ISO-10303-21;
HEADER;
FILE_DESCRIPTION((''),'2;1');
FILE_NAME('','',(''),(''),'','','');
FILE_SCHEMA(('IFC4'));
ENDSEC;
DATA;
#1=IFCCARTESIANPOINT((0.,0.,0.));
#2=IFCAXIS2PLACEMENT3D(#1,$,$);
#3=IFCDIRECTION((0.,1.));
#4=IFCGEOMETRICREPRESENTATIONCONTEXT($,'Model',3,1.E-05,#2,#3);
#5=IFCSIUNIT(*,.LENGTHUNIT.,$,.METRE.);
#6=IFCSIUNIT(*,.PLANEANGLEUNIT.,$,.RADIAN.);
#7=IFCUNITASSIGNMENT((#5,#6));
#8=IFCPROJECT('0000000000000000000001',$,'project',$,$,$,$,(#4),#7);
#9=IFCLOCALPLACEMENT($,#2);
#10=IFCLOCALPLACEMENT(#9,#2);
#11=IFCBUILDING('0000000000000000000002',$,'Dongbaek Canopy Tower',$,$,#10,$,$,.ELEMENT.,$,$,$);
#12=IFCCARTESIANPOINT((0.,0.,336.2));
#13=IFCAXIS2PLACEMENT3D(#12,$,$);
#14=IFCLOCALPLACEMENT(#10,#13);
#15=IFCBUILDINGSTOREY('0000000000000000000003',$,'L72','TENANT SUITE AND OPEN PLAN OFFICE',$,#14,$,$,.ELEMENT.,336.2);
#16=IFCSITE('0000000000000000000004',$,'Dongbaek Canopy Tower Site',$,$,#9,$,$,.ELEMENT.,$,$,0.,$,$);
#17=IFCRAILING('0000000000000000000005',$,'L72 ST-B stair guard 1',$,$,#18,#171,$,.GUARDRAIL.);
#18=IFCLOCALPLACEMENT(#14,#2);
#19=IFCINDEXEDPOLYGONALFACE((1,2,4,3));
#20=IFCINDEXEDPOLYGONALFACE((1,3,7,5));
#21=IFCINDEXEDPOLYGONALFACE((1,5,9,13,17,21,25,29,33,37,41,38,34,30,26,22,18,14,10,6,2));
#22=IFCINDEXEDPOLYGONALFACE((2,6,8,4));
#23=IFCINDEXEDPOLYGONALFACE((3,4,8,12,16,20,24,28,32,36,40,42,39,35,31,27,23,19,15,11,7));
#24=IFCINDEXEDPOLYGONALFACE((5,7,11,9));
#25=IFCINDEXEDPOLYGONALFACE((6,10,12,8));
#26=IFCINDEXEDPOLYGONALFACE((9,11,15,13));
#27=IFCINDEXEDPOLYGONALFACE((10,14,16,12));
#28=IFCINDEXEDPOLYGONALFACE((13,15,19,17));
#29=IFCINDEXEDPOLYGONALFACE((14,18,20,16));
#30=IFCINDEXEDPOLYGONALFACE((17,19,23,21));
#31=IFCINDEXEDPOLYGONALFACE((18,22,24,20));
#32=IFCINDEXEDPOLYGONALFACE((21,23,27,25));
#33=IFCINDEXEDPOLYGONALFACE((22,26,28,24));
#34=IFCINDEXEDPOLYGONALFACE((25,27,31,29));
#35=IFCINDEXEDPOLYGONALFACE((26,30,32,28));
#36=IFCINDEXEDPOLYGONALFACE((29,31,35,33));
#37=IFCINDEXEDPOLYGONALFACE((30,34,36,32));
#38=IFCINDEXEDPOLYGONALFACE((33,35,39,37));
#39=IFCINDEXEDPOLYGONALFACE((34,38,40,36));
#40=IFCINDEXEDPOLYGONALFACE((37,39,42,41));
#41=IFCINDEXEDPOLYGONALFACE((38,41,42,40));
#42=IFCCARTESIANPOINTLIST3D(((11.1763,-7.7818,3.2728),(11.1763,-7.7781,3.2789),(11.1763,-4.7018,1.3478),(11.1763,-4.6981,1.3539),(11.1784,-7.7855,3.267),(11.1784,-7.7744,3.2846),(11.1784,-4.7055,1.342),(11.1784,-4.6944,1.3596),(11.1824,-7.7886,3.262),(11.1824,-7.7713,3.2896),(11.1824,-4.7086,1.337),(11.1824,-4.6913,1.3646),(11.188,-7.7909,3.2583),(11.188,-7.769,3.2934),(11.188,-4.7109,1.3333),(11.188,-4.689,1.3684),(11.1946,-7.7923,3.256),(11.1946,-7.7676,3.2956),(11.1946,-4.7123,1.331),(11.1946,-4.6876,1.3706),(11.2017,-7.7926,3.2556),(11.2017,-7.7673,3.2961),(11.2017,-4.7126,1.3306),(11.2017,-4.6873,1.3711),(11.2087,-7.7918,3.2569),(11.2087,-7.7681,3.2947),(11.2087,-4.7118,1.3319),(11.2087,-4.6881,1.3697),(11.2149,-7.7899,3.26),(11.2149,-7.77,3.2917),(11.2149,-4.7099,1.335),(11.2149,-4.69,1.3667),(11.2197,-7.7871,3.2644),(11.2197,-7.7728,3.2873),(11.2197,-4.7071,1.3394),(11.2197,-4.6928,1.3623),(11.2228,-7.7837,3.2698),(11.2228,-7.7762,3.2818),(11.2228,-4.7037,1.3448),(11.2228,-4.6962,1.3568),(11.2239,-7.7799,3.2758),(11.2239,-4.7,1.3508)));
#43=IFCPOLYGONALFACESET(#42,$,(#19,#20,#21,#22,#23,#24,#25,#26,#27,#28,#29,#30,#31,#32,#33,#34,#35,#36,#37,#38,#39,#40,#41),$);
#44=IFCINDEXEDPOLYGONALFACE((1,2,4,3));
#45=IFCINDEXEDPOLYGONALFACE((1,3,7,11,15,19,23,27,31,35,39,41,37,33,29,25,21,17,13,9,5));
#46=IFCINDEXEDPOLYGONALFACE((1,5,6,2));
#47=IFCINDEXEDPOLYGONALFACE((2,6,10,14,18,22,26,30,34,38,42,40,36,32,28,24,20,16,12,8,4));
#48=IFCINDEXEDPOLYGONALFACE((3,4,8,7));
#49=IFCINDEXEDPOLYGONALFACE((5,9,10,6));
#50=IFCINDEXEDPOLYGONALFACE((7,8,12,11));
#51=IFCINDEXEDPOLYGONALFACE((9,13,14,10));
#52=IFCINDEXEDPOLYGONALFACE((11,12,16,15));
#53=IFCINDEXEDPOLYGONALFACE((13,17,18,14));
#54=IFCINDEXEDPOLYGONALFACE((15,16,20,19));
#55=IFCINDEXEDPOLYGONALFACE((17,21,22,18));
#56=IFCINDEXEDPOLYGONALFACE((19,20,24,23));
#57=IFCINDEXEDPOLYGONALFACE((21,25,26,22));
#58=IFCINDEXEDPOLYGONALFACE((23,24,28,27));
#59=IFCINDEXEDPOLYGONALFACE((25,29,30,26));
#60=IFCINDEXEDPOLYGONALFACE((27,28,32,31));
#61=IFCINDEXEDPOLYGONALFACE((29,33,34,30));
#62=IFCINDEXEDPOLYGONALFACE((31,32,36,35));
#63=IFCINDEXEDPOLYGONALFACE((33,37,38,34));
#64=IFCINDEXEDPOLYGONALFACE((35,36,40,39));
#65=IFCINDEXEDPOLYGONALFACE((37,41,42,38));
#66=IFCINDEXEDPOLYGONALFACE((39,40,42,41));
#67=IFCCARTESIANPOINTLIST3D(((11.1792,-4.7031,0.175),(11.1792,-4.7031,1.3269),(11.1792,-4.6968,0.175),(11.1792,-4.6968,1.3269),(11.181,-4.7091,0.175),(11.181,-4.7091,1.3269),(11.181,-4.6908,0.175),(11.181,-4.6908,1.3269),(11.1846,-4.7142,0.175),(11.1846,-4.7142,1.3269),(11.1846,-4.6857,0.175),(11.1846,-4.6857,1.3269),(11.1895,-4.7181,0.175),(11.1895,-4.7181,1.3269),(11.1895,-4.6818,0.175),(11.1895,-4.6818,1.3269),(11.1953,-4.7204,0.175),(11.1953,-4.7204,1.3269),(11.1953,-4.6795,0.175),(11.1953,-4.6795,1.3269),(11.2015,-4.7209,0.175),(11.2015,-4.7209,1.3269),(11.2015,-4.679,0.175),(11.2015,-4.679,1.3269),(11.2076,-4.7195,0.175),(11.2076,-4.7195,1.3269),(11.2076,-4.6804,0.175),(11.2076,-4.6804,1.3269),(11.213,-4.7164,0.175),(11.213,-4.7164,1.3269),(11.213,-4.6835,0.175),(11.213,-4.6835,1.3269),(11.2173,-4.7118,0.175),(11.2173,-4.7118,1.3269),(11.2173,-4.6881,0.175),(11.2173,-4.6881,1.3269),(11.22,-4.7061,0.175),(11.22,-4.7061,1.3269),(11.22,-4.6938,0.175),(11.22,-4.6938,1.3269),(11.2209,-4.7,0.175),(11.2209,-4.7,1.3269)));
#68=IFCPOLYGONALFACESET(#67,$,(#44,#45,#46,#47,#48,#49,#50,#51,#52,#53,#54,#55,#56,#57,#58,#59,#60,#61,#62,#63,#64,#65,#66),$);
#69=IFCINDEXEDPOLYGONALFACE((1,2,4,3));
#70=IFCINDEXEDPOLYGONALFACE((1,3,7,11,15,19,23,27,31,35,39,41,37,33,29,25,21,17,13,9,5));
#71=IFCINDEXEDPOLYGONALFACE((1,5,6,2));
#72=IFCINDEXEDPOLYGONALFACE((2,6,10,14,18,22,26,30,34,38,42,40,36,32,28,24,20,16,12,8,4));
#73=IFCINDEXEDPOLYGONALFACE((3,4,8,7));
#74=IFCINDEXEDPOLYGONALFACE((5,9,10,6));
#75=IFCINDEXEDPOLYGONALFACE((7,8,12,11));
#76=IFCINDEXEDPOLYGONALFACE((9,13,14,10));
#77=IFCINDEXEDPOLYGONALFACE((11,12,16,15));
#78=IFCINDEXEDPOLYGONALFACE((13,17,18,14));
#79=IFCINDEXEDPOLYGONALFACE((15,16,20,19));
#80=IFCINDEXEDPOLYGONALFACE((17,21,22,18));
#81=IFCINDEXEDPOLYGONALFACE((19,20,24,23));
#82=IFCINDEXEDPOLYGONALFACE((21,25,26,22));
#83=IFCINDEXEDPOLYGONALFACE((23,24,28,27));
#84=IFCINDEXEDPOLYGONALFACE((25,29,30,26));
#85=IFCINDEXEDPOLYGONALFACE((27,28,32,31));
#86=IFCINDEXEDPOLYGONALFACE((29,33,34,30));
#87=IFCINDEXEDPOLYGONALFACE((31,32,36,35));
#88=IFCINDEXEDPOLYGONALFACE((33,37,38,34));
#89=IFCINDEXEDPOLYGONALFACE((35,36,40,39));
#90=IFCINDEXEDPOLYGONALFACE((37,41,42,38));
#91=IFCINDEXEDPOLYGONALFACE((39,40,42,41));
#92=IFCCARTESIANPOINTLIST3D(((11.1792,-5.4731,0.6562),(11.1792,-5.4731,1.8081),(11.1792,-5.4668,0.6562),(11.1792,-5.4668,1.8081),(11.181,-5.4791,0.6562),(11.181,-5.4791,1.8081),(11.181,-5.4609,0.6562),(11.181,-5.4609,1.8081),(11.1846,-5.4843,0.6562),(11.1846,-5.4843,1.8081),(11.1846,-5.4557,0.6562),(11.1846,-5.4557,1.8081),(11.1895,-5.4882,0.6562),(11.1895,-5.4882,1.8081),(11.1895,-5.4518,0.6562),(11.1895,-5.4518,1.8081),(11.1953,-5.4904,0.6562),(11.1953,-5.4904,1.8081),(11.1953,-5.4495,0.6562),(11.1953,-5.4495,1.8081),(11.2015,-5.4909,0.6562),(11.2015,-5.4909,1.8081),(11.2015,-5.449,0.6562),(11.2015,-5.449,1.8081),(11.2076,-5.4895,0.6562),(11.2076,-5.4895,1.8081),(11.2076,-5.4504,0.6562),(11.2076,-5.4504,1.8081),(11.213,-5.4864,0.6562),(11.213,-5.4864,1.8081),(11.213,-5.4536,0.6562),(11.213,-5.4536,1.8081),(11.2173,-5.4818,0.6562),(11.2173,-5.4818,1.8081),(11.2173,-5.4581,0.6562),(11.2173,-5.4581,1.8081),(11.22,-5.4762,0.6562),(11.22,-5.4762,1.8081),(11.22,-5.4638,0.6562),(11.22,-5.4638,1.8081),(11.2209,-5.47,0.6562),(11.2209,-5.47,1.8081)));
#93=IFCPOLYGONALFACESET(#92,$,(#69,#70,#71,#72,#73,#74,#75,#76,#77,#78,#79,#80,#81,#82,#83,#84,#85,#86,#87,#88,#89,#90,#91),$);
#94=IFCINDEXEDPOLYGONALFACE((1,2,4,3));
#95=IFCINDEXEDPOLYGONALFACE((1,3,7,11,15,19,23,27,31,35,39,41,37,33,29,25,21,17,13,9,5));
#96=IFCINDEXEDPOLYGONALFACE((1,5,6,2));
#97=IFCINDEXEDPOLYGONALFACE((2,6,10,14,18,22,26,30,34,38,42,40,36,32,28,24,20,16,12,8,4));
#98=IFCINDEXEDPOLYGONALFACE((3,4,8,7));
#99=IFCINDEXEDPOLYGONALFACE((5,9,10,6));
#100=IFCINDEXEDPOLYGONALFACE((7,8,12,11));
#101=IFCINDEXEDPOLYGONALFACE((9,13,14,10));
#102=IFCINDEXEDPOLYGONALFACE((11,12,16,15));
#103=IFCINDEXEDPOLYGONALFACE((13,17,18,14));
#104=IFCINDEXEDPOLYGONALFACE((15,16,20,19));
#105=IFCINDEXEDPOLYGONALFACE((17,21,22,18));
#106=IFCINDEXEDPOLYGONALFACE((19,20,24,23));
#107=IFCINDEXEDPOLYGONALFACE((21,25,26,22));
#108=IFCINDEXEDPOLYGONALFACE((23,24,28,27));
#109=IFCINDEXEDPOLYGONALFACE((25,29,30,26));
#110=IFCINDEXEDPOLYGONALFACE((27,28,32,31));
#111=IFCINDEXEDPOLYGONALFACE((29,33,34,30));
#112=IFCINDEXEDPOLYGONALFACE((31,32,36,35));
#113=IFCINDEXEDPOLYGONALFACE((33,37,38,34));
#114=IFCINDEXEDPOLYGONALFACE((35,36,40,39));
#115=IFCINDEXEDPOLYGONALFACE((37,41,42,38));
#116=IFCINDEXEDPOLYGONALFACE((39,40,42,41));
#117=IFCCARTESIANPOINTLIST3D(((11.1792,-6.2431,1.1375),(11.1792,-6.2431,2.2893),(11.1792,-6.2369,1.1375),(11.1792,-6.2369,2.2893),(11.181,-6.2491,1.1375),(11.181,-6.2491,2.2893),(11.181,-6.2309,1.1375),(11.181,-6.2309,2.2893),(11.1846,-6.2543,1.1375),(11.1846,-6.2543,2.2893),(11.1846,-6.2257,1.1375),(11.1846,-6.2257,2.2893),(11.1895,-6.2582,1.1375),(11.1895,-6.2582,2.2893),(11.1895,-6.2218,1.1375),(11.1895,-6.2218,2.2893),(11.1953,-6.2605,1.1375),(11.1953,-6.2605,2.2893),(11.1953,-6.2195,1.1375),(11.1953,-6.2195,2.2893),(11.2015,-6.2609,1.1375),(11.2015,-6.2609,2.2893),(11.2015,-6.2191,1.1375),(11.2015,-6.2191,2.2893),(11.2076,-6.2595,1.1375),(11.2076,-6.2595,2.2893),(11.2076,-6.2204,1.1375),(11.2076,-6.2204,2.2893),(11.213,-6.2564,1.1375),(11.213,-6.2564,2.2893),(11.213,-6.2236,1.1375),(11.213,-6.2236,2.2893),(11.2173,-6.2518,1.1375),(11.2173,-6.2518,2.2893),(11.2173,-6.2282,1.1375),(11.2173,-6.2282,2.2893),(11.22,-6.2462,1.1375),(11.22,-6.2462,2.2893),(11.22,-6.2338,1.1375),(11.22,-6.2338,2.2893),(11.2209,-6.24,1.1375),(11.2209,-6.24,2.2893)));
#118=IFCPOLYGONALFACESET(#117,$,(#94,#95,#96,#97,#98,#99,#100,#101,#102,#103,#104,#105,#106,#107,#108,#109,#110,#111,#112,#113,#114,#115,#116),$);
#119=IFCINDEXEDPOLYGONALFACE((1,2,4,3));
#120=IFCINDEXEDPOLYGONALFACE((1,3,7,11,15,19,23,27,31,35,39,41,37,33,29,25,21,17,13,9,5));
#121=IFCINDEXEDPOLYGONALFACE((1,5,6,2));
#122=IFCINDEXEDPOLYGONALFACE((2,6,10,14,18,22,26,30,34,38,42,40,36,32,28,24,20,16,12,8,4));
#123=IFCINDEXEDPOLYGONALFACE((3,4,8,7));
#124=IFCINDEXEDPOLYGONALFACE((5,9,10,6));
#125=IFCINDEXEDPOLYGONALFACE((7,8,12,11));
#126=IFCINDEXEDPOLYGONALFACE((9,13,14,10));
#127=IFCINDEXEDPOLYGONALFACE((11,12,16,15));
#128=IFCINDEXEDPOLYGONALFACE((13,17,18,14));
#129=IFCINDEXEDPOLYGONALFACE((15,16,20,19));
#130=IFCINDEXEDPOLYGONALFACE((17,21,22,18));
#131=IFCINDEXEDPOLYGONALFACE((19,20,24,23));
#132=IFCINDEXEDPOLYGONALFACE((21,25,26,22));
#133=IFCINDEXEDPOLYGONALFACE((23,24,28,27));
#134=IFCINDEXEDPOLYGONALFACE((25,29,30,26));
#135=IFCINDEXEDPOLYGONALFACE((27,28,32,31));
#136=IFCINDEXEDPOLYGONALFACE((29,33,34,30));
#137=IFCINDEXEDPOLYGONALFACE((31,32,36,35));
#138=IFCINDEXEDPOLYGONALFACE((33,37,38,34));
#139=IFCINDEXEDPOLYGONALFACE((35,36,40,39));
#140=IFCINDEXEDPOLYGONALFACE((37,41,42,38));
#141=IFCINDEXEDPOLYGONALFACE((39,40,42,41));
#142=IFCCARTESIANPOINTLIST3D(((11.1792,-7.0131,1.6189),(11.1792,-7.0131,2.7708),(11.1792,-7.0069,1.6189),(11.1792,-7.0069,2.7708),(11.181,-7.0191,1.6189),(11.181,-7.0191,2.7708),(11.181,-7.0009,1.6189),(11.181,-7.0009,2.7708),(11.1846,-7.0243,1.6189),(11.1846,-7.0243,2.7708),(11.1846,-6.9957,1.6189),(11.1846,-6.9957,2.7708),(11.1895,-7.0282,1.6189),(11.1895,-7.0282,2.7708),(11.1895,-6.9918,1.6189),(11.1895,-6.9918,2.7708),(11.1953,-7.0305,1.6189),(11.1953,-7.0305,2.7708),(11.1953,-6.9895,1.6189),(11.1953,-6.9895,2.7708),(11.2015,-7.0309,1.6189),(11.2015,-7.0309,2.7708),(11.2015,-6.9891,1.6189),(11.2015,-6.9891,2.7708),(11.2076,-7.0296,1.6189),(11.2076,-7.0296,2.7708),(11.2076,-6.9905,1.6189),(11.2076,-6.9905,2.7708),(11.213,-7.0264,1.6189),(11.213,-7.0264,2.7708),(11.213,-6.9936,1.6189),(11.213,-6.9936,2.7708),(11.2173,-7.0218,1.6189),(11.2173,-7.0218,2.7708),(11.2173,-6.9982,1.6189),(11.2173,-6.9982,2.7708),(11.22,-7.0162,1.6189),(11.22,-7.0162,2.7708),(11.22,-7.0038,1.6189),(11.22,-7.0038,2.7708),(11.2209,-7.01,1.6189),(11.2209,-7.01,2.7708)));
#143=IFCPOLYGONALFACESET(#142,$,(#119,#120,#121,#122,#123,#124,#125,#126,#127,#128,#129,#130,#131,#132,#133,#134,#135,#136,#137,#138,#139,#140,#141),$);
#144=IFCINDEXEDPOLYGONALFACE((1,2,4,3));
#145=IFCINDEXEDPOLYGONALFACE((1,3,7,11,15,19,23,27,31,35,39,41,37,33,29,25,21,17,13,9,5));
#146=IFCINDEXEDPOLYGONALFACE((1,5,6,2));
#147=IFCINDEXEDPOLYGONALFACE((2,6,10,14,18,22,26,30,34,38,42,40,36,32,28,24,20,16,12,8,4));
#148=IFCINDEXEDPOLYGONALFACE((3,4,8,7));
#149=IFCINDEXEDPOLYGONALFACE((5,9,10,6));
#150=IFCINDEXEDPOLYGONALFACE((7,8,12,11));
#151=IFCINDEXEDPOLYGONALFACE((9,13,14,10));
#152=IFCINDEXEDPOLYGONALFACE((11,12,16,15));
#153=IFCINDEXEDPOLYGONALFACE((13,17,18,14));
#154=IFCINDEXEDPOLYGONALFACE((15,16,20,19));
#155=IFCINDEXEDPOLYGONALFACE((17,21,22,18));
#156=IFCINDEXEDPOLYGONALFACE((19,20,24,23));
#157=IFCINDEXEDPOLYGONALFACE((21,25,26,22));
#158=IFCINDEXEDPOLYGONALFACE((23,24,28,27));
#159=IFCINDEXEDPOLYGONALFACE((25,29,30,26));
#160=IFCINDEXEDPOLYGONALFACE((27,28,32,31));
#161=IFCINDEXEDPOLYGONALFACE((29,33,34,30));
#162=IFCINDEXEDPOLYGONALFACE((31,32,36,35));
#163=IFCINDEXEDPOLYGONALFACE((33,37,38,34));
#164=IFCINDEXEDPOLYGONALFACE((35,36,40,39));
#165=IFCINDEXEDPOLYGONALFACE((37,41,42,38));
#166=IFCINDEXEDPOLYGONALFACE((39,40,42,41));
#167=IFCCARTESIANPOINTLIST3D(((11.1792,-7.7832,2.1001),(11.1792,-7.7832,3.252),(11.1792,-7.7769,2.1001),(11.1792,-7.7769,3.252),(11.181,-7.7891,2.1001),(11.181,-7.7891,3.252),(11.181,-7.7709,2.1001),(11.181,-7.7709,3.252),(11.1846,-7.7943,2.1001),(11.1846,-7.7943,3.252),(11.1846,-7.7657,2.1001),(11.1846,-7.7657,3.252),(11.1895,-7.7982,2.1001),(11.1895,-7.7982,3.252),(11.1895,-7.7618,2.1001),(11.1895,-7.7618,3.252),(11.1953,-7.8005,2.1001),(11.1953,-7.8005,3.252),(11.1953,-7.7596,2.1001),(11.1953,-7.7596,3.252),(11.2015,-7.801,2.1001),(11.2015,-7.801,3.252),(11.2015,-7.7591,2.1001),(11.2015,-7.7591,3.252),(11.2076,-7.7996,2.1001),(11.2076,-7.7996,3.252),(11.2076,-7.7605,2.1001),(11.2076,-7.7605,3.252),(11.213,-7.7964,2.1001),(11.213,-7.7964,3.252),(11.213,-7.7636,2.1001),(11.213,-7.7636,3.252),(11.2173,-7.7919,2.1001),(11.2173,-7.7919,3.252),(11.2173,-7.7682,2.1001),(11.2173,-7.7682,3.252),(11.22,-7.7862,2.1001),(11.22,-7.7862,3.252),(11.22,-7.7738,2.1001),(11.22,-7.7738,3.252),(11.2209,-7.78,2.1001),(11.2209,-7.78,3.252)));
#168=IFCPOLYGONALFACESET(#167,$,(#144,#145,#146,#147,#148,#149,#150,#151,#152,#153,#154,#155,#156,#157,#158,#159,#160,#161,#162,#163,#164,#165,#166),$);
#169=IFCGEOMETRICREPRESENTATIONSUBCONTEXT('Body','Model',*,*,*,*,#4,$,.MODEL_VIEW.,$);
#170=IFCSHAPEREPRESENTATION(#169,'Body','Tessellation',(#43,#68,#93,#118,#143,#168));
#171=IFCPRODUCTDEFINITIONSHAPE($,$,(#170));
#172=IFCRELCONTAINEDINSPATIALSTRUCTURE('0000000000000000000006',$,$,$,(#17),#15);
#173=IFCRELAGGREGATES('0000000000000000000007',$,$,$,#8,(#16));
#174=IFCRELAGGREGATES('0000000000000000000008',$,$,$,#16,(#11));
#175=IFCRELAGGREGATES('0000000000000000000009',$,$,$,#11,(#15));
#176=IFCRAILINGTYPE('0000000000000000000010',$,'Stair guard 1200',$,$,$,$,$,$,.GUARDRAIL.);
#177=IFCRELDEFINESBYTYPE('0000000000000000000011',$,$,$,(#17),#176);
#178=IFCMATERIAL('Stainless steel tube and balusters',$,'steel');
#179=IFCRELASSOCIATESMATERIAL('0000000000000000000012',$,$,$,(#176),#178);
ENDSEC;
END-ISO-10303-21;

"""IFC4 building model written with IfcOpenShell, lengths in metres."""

from ifc_helpers import new_model, si_unit, direction, frame, origin, origin_2d, place, context, subcontext, project, spatial, circle, extrude, material, type_object, element, save


model = new_model("IFC4")

# Units and contexts
model_context = context("Model", 3, precision=1e-05, world=origin(), true_north=direction((0.0, 1.0)))
body_context = subcontext(model_context, "Body", "Model", "MODEL_VIEW")
ifc_project = project(units=[si_unit("LENGTHUNIT", "METRE"), si_unit("PLANEANGLEUNIT", "RADIAN")], contexts=[model_context])

# Site, building, storey
site_placement = place(None, origin())
site = spatial("IfcSite", under=ifc_project, at=site_placement, Name="Dongbaek Canopy Tower Site", CompositionType="ELEMENT", RefElevation=0.0)
building_placement = place(site_placement, origin())
building = spatial("IfcBuilding", under=site, at=building_placement, Name="Dongbaek Canopy Tower", CompositionType="ELEMENT")
storey_placement = place(building_placement, frame((0.0, 0.0, 336.2)))
storey = spatial("IfcBuildingStorey", under=building, at=storey_placement, Name="L72", Description="TENANT SUITE AND OPEN PLAN OFFICE", CompositionType="ELEMENT", Elevation=336.2)

# Railing
ifc_material_1 = material(Name="Stainless steel tube and balusters", Category="steel")
railing_type_1 = type_object("IfcRailingType", Name="Stair guard 1200", PredefinedType="GUARDRAIL", material=ifc_material_1)
railing_1_placement = place(storey_placement, frame((11.2, -4.7, 0.175)))
element("IfcRailing", 1, at=railing_1_placement, inside=storey, type_object=railing_type_1, Name="L72 ST-B stair guard 1", PredefinedType="GUARDRAIL", context=body_context, shape_type="SweptSolid", body=[
    extrude(circle(Radius=0.0239, at=origin_2d()), frame((0.0, 0.0, 1.1758), z_axis=(0.0, -0.847998, 0.529999), x_axis=(1.0, 0.0, 0.0)), (0.0, 0.0, 1.0), 3.6321),
    extrude(circle(Radius=0.021, at=origin_2d()), origin(), (0.0, 0.0, 1.0), 1.1519),
    extrude(circle(Radius=0.021, at=origin_2d()), frame((0.0, -0.77, 0.4812)), (0.0, 0.0, 1.0), 1.1519),
    extrude(circle(Radius=0.021, at=origin_2d()), frame((0.0, -1.54, 0.9624)), (0.0, 0.0, 1.0), 1.1519),
    extrude(circle(Radius=0.021, at=origin_2d()), frame((0.0, -2.3101, 1.4438)), (0.0, 0.0, 1.0), 1.1519),
    extrude(circle(Radius=0.021, at=origin_2d()), frame((0.0, -3.0801, 1.925)), (0.0, 0.0, 1.0), 1.1519),
])

save(model, "model.ifc")
